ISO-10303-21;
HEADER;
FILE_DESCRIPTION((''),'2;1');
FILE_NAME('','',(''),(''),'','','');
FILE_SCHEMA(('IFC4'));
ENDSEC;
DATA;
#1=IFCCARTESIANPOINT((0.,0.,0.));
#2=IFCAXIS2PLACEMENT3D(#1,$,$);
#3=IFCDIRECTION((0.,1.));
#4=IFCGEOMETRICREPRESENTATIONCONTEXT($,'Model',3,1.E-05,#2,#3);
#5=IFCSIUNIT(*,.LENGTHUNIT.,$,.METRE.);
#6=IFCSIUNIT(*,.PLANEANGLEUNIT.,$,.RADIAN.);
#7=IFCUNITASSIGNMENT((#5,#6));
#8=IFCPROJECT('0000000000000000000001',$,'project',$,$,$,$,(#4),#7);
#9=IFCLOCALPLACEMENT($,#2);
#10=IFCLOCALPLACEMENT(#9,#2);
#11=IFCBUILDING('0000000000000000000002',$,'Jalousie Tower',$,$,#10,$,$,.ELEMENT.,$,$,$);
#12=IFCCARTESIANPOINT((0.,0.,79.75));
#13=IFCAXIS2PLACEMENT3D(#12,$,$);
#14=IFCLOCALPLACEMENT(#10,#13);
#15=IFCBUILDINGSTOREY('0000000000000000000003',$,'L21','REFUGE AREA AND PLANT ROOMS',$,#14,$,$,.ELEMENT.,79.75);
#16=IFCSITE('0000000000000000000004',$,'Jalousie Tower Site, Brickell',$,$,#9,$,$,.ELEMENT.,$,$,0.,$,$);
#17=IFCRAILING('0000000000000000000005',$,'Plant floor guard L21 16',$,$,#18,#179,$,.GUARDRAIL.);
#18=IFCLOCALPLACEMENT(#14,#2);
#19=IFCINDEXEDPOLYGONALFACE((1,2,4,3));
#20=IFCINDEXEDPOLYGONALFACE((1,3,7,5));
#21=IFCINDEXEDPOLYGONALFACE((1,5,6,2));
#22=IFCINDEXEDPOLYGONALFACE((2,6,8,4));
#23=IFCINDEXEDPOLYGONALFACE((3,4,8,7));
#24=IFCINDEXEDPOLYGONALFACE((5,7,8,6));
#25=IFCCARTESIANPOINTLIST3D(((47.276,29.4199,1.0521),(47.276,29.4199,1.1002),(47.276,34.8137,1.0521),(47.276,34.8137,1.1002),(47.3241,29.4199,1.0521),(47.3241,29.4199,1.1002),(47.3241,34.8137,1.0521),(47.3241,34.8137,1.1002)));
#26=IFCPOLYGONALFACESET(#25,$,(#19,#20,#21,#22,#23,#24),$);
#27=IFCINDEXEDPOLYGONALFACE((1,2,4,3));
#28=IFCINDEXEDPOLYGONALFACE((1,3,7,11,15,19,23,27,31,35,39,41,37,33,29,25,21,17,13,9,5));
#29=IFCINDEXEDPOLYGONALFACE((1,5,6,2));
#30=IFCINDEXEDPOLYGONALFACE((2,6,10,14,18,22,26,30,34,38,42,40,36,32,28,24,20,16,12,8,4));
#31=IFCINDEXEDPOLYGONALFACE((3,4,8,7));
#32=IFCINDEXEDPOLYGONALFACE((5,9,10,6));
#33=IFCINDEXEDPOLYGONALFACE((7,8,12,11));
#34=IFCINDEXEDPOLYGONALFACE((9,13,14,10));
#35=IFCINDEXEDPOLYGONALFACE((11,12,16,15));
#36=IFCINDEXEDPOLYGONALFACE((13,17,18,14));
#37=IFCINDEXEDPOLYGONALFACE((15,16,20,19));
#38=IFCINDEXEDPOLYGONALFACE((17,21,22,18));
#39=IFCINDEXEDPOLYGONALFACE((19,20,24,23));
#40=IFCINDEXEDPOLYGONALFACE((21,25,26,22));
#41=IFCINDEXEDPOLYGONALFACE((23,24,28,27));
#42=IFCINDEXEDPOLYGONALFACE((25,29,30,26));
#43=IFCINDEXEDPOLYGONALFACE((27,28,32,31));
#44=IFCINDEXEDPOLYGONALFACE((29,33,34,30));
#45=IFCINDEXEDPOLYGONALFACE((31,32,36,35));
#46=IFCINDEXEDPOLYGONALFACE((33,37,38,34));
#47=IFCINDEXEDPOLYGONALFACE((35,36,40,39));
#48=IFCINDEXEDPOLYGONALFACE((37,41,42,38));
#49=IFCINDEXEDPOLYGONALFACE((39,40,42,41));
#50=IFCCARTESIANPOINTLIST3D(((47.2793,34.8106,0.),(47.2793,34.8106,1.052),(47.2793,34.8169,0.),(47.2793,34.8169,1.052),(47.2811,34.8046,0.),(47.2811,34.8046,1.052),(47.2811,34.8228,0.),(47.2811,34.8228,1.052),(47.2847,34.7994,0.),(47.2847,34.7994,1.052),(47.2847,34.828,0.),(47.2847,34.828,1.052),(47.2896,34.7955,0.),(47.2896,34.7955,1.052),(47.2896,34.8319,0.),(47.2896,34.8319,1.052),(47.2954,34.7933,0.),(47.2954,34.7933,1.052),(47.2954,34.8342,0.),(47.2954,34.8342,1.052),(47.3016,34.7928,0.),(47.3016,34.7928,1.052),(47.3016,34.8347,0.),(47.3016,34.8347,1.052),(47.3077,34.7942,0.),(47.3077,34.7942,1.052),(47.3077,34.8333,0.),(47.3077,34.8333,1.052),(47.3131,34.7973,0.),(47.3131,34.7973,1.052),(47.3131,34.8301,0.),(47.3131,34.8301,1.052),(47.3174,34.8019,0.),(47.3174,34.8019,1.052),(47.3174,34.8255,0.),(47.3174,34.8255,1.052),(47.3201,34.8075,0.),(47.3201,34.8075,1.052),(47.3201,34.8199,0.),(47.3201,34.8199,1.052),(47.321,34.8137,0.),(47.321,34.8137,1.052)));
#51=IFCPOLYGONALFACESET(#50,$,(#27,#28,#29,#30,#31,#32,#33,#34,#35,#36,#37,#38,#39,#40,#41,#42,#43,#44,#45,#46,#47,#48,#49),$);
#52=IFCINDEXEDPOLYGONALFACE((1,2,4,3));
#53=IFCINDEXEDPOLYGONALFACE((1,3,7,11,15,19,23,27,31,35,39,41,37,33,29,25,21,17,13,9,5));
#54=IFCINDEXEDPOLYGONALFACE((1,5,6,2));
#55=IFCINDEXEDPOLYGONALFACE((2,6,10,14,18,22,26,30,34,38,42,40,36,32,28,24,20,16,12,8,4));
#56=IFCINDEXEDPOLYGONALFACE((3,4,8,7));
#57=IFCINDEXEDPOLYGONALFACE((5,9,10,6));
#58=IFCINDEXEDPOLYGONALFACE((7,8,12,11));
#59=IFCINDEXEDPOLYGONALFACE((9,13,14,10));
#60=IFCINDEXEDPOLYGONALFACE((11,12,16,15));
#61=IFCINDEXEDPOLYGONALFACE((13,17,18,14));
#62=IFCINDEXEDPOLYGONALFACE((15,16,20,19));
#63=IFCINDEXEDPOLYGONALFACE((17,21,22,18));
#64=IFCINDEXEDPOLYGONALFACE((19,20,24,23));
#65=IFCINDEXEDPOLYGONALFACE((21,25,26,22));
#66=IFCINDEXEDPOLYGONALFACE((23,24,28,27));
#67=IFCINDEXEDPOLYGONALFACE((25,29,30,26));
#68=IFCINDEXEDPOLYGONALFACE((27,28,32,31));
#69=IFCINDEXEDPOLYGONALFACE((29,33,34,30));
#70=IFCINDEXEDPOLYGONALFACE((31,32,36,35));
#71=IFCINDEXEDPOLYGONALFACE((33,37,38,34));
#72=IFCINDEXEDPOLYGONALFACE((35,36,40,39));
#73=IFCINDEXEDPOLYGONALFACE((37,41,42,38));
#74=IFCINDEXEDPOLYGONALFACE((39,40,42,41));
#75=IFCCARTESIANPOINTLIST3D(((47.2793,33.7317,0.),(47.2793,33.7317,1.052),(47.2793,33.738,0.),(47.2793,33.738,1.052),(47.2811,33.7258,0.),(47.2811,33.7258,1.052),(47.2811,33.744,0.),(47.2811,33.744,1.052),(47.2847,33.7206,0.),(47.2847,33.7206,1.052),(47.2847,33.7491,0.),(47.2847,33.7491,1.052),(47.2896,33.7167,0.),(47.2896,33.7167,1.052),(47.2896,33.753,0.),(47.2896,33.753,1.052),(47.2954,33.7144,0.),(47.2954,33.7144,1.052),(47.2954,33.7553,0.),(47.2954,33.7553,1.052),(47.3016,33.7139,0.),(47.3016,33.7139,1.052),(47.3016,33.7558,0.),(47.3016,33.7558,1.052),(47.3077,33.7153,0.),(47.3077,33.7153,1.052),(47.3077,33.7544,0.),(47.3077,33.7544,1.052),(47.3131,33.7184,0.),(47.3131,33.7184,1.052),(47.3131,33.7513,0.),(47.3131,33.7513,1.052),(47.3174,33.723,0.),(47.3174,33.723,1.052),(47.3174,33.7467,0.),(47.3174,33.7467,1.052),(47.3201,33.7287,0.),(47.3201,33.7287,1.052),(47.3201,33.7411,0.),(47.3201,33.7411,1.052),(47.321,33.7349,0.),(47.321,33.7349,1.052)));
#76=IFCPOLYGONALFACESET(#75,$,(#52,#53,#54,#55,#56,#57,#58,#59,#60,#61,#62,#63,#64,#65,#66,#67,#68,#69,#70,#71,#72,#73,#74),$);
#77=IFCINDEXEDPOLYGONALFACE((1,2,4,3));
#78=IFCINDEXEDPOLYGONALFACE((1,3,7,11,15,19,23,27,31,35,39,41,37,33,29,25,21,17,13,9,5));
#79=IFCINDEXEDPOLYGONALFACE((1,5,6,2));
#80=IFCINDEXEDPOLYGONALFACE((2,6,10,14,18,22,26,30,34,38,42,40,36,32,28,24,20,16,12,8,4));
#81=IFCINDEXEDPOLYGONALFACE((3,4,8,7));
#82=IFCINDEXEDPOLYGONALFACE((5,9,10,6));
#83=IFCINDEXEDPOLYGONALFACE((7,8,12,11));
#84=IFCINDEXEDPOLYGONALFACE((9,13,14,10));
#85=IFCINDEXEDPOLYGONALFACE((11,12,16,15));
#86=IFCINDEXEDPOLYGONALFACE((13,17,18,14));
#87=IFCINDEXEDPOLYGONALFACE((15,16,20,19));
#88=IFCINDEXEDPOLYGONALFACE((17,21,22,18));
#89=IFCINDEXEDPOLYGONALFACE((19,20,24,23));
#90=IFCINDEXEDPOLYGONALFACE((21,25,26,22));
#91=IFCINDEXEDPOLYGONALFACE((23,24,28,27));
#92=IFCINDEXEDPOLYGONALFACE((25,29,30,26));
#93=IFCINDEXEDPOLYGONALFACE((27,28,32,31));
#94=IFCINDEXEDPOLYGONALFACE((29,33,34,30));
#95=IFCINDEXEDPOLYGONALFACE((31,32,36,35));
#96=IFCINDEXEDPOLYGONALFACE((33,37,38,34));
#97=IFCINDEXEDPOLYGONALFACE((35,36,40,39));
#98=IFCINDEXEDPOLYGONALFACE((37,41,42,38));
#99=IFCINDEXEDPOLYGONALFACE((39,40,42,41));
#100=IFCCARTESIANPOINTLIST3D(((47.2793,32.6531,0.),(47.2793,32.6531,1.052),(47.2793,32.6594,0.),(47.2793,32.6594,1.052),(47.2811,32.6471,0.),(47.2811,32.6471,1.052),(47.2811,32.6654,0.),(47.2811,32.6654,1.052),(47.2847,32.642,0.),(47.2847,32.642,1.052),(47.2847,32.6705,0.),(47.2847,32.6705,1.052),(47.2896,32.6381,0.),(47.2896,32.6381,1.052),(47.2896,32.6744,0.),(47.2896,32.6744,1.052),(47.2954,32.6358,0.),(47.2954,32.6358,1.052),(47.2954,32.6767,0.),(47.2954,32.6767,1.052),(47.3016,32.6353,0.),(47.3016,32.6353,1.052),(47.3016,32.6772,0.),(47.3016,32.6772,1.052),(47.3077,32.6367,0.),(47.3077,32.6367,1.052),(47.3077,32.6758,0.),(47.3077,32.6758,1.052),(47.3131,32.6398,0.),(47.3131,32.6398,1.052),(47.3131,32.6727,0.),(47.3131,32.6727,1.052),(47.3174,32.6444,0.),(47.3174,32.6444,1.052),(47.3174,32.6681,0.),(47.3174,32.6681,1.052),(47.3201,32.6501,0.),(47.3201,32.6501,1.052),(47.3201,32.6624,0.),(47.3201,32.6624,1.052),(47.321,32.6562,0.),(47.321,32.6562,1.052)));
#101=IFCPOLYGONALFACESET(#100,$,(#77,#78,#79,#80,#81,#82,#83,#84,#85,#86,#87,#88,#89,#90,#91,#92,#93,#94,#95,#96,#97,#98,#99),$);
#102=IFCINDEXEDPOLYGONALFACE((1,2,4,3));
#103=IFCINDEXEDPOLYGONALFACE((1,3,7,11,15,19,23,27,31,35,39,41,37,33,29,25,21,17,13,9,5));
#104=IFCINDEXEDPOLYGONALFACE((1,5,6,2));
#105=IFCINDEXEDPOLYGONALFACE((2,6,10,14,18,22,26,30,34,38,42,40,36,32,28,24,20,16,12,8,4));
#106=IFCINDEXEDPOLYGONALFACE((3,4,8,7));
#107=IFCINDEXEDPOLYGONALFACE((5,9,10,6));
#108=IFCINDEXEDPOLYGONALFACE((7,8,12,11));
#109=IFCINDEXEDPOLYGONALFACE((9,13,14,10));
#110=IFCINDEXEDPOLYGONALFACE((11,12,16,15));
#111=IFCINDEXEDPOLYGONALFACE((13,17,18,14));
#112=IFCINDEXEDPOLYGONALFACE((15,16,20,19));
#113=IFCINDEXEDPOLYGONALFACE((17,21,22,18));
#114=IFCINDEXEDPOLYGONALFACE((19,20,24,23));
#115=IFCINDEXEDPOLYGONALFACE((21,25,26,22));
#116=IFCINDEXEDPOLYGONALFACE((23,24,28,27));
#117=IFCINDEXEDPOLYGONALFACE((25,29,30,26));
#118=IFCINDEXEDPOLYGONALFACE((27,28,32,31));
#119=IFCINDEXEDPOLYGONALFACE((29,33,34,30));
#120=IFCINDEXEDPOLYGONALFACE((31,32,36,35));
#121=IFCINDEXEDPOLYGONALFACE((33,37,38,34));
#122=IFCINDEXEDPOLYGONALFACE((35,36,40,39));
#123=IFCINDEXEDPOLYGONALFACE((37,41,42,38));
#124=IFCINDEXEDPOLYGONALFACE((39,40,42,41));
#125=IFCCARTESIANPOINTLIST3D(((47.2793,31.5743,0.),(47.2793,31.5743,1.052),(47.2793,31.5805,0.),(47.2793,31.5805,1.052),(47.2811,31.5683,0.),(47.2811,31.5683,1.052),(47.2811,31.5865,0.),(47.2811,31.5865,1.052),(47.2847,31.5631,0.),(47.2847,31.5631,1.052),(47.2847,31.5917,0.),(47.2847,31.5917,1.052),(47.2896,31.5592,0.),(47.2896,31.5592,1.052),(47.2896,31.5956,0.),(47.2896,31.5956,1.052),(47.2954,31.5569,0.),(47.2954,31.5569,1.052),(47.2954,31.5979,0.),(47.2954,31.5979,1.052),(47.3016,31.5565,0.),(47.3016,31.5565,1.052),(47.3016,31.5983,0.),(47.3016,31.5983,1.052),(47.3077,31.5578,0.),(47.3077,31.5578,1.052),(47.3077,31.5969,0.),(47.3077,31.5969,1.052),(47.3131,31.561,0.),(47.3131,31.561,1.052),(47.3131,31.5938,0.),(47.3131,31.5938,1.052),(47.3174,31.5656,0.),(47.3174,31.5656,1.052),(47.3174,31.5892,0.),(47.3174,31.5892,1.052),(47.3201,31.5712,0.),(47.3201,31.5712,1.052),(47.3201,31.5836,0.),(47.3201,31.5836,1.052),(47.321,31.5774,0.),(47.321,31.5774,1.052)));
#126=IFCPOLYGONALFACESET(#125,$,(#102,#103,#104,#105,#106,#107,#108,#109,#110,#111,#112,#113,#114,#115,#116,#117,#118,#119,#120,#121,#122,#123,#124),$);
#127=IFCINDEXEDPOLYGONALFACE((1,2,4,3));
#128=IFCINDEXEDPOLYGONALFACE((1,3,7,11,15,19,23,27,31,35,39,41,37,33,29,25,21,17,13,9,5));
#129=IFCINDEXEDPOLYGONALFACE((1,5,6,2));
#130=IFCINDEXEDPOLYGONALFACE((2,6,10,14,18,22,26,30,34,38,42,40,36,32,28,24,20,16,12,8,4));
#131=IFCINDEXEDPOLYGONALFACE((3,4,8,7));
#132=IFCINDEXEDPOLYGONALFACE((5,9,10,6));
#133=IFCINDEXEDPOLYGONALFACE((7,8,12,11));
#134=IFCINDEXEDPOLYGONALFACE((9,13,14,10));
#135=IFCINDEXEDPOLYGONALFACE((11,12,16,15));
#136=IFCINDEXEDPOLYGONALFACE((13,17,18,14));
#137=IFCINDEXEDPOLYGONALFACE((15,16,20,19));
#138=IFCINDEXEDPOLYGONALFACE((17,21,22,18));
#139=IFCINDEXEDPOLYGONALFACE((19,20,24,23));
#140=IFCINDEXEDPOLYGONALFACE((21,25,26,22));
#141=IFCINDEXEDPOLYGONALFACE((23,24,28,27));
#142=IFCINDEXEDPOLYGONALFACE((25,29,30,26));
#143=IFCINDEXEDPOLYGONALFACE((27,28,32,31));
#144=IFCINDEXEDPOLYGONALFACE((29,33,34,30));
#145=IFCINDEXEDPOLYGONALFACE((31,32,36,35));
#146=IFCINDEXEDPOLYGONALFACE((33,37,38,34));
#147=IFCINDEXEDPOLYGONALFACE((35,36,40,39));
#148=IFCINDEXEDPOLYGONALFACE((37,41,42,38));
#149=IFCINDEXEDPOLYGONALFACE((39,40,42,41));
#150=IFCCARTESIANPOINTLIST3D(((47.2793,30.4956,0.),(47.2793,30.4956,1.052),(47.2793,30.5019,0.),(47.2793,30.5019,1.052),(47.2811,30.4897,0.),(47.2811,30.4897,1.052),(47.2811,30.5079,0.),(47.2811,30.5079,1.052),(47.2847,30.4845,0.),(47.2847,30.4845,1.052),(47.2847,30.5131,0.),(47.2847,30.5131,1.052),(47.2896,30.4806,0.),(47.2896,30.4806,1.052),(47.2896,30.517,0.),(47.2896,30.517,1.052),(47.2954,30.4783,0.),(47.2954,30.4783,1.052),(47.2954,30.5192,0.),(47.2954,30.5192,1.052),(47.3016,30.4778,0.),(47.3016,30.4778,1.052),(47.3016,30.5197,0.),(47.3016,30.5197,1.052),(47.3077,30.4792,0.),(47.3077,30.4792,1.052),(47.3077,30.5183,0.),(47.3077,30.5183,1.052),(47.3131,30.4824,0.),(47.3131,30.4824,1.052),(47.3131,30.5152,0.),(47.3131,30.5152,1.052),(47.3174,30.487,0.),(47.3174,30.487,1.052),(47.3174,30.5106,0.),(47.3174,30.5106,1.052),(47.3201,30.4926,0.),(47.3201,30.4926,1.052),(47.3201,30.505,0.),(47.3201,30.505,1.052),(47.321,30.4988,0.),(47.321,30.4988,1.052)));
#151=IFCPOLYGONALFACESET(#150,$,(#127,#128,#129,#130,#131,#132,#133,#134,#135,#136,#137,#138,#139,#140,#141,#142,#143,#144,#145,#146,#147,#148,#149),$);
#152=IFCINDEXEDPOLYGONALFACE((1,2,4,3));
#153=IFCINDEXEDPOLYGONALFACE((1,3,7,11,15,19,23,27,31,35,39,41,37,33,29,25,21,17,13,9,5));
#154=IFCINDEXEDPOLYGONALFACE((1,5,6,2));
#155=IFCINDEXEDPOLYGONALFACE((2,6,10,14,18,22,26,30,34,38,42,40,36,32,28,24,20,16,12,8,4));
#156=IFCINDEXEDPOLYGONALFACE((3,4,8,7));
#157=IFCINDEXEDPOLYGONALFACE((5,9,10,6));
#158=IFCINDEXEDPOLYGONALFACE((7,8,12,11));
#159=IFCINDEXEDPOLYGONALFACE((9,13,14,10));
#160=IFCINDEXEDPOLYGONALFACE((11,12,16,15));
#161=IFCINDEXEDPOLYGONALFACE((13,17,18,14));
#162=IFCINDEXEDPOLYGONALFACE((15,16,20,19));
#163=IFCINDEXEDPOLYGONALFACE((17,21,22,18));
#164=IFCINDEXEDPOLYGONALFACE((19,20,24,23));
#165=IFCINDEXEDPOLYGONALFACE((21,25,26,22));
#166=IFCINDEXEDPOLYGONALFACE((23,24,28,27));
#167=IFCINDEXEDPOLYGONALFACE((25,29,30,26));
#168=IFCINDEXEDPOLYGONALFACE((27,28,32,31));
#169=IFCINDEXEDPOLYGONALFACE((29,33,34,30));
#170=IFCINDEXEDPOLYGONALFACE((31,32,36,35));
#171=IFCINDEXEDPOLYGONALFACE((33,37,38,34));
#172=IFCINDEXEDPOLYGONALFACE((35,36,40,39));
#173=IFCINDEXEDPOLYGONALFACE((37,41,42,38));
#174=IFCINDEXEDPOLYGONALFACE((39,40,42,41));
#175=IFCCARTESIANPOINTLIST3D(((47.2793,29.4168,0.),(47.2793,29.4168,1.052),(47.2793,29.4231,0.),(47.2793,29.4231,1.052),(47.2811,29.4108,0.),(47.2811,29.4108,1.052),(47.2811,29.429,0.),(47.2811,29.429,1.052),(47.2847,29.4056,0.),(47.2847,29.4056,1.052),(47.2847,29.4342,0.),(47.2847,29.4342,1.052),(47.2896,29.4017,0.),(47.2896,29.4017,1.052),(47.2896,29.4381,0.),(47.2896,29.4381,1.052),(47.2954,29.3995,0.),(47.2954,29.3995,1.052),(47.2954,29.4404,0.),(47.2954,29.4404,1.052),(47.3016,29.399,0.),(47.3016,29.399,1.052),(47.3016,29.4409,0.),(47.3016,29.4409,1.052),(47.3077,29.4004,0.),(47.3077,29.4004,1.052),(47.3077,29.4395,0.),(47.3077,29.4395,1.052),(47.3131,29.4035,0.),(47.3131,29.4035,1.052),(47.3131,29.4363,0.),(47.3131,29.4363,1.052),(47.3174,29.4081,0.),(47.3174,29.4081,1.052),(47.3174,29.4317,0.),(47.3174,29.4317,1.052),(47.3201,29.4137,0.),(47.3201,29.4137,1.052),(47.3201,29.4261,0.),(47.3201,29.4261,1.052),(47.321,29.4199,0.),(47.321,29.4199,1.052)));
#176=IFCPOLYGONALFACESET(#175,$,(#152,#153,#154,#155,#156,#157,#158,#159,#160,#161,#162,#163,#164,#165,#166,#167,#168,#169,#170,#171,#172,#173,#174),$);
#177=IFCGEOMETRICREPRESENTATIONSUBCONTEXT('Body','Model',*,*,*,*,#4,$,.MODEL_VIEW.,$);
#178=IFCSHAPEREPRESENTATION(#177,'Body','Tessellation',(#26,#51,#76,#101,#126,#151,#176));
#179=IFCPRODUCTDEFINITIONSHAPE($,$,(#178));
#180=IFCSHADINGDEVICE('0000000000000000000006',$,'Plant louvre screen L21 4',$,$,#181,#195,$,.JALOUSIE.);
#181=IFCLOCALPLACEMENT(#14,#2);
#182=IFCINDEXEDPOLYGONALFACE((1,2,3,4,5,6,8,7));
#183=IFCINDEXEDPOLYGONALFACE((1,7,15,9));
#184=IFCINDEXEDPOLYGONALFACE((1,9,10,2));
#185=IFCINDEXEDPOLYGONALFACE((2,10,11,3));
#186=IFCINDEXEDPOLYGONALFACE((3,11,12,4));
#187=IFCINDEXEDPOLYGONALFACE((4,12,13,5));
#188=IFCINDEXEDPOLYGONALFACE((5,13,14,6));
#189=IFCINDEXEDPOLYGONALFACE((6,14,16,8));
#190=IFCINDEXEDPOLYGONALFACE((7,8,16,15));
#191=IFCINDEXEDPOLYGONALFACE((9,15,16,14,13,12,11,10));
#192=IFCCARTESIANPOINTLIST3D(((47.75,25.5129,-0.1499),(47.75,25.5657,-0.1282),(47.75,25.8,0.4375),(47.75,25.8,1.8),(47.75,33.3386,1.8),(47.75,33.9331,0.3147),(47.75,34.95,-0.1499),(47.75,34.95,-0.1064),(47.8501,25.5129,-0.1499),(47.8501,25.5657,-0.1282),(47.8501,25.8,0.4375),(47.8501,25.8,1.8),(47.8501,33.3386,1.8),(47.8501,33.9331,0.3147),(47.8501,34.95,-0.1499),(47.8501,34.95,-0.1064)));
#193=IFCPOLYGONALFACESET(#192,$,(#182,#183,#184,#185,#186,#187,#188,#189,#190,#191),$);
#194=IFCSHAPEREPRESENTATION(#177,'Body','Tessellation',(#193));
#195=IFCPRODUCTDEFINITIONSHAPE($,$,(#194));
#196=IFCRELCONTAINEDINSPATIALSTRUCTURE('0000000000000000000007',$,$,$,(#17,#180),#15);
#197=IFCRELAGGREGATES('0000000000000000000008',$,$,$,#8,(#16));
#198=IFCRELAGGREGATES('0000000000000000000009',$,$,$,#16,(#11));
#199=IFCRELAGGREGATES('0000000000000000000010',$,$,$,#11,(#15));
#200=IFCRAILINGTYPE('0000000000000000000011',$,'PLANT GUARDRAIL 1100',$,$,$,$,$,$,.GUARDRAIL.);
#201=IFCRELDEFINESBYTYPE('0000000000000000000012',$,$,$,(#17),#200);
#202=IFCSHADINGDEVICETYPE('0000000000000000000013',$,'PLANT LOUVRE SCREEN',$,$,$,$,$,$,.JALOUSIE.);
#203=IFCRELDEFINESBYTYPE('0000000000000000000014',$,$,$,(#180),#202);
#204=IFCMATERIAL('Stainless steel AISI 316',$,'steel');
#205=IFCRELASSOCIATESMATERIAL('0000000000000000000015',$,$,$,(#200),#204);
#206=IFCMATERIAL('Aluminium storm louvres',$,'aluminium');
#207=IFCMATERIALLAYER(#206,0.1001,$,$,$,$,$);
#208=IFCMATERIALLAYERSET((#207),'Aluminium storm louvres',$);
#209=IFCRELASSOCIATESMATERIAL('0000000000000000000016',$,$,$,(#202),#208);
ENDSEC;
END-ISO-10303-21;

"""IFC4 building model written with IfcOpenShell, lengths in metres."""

from ifc_helpers import new_model, si_unit, direction, frame, origin, origin_2d, place, context, subcontext, project, spatial, polyline, rectangle, circle, outline, extrude, material, layer, layer_set, type_object, element, save


model = new_model("IFC4")

# Units and contexts
model_context = context("Model", 3, precision=1e-05, world=origin(), true_north=direction((0.0, 1.0)))
body_context = subcontext(model_context, "Body", "Model", "MODEL_VIEW")
ifc_project = project(units=[si_unit("LENGTHUNIT", "METRE"), si_unit("PLANEANGLEUNIT", "RADIAN")], contexts=[model_context])

# Site, building, storey
site_placement = place(None, origin())
site = spatial("IfcSite", under=ifc_project, at=site_placement, Name="Jalousie Tower Site, Brickell", CompositionType="ELEMENT", RefElevation=0.0)
building_placement = place(site_placement, origin())
building = spatial("IfcBuilding", under=site, at=building_placement, Name="Jalousie Tower", CompositionType="ELEMENT")
storey_placement = place(building_placement, frame((0.0, 0.0, 79.75)))
storey = spatial("IfcBuildingStorey", under=building, at=storey_placement, Name="L21", Description="REFUGE AREA AND PLANT ROOMS", CompositionType="ELEMENT", Elevation=79.75)

# Railing
ifc_material_1 = material(Name="Stainless steel AISI 316", Category="steel")
railing_type_1 = type_object("IfcRailingType", Name="PLANT GUARDRAIL 1100", PredefinedType="GUARDRAIL", material=ifc_material_1)
railing_1_placement = place(storey_placement, frame((47.3, 34.8137, 0.0)))
element("IfcRailing", 1, at=railing_1_placement, inside=storey, type_object=railing_type_1, Name="Plant floor guard L21 16", PredefinedType="GUARDRAIL", context=body_context, shape_type="SweptSolid", body=[
    extrude(rectangle(XDim=0.0481, YDim=0.0481, at=origin_2d()), frame((0.0, 0.0, 1.0762), z_axis=(0.0, -1.0, 0.0), x_axis=(1.0, 0.0, 0.0)), (0.0, 0.0, 1.0), 5.3938),
    extrude(circle(Radius=0.021, at=origin_2d()), origin(), (0.0, 0.0, 1.0), 1.052),
    extrude(circle(Radius=0.021, at=origin_2d()), frame((0.0, -1.0789, 0.0)), (0.0, 0.0, 1.0), 1.052),
    extrude(circle(Radius=0.021, at=origin_2d()), frame((0.0, -2.1575, 0.0)), (0.0, 0.0, 1.0), 1.052),
    extrude(circle(Radius=0.021, at=origin_2d()), frame((0.0, -3.2363, 0.0)), (0.0, 0.0, 1.0), 1.052),
    extrude(circle(Radius=0.021, at=origin_2d()), frame((0.0, -4.3149, 0.0)), (0.0, 0.0, 1.0), 1.052),
    extrude(circle(Radius=0.021, at=origin_2d()), frame((0.0, -5.3938, 0.0)), (0.0, 0.0, 1.0), 1.052),
])

# Shading device
ifc_material_2 = material(Name="Aluminium storm louvres", Category="aluminium")
ifc_layer_1 = layer(ifc_material_2, 0.1001)
ifc_layer_set_1 = layer_set([ifc_layer_1], Name="Aluminium storm louvres")
shading_device_type = type_object("IfcShadingDeviceType", Name="PLANT LOUVRE SCREEN", PredefinedType="JALOUSIE", material=ifc_layer_set_1)
shading_device_placement = place(storey_placement, frame((47.8501, 34.95, -0.1499), z_axis=(1.0, 0.0, 0.0), x_axis=(0.0, 0.0, 1.0)))
element("IfcShadingDevice", 2, at=shading_device_placement, inside=storey, type_object=shading_device_type, Name="Plant louvre screen L21 4", PredefinedType="JALOUSIE", context=body_context, shape_type="SweptSolid", body=[
    extrude(outline(polyline([(0.0, 0.0), (0.0435, 0.0), (0.4646, 1.0168), (1.95, 1.6113), (1.95, 9.1499), (0.5874, 9.1499), (0.0217, 9.3843), (0.0, 9.437), (0.0, 0.0)])), origin(), (0.0, 0.0, -1.0), 0.1001),
])

save(model, "model.ifc")
